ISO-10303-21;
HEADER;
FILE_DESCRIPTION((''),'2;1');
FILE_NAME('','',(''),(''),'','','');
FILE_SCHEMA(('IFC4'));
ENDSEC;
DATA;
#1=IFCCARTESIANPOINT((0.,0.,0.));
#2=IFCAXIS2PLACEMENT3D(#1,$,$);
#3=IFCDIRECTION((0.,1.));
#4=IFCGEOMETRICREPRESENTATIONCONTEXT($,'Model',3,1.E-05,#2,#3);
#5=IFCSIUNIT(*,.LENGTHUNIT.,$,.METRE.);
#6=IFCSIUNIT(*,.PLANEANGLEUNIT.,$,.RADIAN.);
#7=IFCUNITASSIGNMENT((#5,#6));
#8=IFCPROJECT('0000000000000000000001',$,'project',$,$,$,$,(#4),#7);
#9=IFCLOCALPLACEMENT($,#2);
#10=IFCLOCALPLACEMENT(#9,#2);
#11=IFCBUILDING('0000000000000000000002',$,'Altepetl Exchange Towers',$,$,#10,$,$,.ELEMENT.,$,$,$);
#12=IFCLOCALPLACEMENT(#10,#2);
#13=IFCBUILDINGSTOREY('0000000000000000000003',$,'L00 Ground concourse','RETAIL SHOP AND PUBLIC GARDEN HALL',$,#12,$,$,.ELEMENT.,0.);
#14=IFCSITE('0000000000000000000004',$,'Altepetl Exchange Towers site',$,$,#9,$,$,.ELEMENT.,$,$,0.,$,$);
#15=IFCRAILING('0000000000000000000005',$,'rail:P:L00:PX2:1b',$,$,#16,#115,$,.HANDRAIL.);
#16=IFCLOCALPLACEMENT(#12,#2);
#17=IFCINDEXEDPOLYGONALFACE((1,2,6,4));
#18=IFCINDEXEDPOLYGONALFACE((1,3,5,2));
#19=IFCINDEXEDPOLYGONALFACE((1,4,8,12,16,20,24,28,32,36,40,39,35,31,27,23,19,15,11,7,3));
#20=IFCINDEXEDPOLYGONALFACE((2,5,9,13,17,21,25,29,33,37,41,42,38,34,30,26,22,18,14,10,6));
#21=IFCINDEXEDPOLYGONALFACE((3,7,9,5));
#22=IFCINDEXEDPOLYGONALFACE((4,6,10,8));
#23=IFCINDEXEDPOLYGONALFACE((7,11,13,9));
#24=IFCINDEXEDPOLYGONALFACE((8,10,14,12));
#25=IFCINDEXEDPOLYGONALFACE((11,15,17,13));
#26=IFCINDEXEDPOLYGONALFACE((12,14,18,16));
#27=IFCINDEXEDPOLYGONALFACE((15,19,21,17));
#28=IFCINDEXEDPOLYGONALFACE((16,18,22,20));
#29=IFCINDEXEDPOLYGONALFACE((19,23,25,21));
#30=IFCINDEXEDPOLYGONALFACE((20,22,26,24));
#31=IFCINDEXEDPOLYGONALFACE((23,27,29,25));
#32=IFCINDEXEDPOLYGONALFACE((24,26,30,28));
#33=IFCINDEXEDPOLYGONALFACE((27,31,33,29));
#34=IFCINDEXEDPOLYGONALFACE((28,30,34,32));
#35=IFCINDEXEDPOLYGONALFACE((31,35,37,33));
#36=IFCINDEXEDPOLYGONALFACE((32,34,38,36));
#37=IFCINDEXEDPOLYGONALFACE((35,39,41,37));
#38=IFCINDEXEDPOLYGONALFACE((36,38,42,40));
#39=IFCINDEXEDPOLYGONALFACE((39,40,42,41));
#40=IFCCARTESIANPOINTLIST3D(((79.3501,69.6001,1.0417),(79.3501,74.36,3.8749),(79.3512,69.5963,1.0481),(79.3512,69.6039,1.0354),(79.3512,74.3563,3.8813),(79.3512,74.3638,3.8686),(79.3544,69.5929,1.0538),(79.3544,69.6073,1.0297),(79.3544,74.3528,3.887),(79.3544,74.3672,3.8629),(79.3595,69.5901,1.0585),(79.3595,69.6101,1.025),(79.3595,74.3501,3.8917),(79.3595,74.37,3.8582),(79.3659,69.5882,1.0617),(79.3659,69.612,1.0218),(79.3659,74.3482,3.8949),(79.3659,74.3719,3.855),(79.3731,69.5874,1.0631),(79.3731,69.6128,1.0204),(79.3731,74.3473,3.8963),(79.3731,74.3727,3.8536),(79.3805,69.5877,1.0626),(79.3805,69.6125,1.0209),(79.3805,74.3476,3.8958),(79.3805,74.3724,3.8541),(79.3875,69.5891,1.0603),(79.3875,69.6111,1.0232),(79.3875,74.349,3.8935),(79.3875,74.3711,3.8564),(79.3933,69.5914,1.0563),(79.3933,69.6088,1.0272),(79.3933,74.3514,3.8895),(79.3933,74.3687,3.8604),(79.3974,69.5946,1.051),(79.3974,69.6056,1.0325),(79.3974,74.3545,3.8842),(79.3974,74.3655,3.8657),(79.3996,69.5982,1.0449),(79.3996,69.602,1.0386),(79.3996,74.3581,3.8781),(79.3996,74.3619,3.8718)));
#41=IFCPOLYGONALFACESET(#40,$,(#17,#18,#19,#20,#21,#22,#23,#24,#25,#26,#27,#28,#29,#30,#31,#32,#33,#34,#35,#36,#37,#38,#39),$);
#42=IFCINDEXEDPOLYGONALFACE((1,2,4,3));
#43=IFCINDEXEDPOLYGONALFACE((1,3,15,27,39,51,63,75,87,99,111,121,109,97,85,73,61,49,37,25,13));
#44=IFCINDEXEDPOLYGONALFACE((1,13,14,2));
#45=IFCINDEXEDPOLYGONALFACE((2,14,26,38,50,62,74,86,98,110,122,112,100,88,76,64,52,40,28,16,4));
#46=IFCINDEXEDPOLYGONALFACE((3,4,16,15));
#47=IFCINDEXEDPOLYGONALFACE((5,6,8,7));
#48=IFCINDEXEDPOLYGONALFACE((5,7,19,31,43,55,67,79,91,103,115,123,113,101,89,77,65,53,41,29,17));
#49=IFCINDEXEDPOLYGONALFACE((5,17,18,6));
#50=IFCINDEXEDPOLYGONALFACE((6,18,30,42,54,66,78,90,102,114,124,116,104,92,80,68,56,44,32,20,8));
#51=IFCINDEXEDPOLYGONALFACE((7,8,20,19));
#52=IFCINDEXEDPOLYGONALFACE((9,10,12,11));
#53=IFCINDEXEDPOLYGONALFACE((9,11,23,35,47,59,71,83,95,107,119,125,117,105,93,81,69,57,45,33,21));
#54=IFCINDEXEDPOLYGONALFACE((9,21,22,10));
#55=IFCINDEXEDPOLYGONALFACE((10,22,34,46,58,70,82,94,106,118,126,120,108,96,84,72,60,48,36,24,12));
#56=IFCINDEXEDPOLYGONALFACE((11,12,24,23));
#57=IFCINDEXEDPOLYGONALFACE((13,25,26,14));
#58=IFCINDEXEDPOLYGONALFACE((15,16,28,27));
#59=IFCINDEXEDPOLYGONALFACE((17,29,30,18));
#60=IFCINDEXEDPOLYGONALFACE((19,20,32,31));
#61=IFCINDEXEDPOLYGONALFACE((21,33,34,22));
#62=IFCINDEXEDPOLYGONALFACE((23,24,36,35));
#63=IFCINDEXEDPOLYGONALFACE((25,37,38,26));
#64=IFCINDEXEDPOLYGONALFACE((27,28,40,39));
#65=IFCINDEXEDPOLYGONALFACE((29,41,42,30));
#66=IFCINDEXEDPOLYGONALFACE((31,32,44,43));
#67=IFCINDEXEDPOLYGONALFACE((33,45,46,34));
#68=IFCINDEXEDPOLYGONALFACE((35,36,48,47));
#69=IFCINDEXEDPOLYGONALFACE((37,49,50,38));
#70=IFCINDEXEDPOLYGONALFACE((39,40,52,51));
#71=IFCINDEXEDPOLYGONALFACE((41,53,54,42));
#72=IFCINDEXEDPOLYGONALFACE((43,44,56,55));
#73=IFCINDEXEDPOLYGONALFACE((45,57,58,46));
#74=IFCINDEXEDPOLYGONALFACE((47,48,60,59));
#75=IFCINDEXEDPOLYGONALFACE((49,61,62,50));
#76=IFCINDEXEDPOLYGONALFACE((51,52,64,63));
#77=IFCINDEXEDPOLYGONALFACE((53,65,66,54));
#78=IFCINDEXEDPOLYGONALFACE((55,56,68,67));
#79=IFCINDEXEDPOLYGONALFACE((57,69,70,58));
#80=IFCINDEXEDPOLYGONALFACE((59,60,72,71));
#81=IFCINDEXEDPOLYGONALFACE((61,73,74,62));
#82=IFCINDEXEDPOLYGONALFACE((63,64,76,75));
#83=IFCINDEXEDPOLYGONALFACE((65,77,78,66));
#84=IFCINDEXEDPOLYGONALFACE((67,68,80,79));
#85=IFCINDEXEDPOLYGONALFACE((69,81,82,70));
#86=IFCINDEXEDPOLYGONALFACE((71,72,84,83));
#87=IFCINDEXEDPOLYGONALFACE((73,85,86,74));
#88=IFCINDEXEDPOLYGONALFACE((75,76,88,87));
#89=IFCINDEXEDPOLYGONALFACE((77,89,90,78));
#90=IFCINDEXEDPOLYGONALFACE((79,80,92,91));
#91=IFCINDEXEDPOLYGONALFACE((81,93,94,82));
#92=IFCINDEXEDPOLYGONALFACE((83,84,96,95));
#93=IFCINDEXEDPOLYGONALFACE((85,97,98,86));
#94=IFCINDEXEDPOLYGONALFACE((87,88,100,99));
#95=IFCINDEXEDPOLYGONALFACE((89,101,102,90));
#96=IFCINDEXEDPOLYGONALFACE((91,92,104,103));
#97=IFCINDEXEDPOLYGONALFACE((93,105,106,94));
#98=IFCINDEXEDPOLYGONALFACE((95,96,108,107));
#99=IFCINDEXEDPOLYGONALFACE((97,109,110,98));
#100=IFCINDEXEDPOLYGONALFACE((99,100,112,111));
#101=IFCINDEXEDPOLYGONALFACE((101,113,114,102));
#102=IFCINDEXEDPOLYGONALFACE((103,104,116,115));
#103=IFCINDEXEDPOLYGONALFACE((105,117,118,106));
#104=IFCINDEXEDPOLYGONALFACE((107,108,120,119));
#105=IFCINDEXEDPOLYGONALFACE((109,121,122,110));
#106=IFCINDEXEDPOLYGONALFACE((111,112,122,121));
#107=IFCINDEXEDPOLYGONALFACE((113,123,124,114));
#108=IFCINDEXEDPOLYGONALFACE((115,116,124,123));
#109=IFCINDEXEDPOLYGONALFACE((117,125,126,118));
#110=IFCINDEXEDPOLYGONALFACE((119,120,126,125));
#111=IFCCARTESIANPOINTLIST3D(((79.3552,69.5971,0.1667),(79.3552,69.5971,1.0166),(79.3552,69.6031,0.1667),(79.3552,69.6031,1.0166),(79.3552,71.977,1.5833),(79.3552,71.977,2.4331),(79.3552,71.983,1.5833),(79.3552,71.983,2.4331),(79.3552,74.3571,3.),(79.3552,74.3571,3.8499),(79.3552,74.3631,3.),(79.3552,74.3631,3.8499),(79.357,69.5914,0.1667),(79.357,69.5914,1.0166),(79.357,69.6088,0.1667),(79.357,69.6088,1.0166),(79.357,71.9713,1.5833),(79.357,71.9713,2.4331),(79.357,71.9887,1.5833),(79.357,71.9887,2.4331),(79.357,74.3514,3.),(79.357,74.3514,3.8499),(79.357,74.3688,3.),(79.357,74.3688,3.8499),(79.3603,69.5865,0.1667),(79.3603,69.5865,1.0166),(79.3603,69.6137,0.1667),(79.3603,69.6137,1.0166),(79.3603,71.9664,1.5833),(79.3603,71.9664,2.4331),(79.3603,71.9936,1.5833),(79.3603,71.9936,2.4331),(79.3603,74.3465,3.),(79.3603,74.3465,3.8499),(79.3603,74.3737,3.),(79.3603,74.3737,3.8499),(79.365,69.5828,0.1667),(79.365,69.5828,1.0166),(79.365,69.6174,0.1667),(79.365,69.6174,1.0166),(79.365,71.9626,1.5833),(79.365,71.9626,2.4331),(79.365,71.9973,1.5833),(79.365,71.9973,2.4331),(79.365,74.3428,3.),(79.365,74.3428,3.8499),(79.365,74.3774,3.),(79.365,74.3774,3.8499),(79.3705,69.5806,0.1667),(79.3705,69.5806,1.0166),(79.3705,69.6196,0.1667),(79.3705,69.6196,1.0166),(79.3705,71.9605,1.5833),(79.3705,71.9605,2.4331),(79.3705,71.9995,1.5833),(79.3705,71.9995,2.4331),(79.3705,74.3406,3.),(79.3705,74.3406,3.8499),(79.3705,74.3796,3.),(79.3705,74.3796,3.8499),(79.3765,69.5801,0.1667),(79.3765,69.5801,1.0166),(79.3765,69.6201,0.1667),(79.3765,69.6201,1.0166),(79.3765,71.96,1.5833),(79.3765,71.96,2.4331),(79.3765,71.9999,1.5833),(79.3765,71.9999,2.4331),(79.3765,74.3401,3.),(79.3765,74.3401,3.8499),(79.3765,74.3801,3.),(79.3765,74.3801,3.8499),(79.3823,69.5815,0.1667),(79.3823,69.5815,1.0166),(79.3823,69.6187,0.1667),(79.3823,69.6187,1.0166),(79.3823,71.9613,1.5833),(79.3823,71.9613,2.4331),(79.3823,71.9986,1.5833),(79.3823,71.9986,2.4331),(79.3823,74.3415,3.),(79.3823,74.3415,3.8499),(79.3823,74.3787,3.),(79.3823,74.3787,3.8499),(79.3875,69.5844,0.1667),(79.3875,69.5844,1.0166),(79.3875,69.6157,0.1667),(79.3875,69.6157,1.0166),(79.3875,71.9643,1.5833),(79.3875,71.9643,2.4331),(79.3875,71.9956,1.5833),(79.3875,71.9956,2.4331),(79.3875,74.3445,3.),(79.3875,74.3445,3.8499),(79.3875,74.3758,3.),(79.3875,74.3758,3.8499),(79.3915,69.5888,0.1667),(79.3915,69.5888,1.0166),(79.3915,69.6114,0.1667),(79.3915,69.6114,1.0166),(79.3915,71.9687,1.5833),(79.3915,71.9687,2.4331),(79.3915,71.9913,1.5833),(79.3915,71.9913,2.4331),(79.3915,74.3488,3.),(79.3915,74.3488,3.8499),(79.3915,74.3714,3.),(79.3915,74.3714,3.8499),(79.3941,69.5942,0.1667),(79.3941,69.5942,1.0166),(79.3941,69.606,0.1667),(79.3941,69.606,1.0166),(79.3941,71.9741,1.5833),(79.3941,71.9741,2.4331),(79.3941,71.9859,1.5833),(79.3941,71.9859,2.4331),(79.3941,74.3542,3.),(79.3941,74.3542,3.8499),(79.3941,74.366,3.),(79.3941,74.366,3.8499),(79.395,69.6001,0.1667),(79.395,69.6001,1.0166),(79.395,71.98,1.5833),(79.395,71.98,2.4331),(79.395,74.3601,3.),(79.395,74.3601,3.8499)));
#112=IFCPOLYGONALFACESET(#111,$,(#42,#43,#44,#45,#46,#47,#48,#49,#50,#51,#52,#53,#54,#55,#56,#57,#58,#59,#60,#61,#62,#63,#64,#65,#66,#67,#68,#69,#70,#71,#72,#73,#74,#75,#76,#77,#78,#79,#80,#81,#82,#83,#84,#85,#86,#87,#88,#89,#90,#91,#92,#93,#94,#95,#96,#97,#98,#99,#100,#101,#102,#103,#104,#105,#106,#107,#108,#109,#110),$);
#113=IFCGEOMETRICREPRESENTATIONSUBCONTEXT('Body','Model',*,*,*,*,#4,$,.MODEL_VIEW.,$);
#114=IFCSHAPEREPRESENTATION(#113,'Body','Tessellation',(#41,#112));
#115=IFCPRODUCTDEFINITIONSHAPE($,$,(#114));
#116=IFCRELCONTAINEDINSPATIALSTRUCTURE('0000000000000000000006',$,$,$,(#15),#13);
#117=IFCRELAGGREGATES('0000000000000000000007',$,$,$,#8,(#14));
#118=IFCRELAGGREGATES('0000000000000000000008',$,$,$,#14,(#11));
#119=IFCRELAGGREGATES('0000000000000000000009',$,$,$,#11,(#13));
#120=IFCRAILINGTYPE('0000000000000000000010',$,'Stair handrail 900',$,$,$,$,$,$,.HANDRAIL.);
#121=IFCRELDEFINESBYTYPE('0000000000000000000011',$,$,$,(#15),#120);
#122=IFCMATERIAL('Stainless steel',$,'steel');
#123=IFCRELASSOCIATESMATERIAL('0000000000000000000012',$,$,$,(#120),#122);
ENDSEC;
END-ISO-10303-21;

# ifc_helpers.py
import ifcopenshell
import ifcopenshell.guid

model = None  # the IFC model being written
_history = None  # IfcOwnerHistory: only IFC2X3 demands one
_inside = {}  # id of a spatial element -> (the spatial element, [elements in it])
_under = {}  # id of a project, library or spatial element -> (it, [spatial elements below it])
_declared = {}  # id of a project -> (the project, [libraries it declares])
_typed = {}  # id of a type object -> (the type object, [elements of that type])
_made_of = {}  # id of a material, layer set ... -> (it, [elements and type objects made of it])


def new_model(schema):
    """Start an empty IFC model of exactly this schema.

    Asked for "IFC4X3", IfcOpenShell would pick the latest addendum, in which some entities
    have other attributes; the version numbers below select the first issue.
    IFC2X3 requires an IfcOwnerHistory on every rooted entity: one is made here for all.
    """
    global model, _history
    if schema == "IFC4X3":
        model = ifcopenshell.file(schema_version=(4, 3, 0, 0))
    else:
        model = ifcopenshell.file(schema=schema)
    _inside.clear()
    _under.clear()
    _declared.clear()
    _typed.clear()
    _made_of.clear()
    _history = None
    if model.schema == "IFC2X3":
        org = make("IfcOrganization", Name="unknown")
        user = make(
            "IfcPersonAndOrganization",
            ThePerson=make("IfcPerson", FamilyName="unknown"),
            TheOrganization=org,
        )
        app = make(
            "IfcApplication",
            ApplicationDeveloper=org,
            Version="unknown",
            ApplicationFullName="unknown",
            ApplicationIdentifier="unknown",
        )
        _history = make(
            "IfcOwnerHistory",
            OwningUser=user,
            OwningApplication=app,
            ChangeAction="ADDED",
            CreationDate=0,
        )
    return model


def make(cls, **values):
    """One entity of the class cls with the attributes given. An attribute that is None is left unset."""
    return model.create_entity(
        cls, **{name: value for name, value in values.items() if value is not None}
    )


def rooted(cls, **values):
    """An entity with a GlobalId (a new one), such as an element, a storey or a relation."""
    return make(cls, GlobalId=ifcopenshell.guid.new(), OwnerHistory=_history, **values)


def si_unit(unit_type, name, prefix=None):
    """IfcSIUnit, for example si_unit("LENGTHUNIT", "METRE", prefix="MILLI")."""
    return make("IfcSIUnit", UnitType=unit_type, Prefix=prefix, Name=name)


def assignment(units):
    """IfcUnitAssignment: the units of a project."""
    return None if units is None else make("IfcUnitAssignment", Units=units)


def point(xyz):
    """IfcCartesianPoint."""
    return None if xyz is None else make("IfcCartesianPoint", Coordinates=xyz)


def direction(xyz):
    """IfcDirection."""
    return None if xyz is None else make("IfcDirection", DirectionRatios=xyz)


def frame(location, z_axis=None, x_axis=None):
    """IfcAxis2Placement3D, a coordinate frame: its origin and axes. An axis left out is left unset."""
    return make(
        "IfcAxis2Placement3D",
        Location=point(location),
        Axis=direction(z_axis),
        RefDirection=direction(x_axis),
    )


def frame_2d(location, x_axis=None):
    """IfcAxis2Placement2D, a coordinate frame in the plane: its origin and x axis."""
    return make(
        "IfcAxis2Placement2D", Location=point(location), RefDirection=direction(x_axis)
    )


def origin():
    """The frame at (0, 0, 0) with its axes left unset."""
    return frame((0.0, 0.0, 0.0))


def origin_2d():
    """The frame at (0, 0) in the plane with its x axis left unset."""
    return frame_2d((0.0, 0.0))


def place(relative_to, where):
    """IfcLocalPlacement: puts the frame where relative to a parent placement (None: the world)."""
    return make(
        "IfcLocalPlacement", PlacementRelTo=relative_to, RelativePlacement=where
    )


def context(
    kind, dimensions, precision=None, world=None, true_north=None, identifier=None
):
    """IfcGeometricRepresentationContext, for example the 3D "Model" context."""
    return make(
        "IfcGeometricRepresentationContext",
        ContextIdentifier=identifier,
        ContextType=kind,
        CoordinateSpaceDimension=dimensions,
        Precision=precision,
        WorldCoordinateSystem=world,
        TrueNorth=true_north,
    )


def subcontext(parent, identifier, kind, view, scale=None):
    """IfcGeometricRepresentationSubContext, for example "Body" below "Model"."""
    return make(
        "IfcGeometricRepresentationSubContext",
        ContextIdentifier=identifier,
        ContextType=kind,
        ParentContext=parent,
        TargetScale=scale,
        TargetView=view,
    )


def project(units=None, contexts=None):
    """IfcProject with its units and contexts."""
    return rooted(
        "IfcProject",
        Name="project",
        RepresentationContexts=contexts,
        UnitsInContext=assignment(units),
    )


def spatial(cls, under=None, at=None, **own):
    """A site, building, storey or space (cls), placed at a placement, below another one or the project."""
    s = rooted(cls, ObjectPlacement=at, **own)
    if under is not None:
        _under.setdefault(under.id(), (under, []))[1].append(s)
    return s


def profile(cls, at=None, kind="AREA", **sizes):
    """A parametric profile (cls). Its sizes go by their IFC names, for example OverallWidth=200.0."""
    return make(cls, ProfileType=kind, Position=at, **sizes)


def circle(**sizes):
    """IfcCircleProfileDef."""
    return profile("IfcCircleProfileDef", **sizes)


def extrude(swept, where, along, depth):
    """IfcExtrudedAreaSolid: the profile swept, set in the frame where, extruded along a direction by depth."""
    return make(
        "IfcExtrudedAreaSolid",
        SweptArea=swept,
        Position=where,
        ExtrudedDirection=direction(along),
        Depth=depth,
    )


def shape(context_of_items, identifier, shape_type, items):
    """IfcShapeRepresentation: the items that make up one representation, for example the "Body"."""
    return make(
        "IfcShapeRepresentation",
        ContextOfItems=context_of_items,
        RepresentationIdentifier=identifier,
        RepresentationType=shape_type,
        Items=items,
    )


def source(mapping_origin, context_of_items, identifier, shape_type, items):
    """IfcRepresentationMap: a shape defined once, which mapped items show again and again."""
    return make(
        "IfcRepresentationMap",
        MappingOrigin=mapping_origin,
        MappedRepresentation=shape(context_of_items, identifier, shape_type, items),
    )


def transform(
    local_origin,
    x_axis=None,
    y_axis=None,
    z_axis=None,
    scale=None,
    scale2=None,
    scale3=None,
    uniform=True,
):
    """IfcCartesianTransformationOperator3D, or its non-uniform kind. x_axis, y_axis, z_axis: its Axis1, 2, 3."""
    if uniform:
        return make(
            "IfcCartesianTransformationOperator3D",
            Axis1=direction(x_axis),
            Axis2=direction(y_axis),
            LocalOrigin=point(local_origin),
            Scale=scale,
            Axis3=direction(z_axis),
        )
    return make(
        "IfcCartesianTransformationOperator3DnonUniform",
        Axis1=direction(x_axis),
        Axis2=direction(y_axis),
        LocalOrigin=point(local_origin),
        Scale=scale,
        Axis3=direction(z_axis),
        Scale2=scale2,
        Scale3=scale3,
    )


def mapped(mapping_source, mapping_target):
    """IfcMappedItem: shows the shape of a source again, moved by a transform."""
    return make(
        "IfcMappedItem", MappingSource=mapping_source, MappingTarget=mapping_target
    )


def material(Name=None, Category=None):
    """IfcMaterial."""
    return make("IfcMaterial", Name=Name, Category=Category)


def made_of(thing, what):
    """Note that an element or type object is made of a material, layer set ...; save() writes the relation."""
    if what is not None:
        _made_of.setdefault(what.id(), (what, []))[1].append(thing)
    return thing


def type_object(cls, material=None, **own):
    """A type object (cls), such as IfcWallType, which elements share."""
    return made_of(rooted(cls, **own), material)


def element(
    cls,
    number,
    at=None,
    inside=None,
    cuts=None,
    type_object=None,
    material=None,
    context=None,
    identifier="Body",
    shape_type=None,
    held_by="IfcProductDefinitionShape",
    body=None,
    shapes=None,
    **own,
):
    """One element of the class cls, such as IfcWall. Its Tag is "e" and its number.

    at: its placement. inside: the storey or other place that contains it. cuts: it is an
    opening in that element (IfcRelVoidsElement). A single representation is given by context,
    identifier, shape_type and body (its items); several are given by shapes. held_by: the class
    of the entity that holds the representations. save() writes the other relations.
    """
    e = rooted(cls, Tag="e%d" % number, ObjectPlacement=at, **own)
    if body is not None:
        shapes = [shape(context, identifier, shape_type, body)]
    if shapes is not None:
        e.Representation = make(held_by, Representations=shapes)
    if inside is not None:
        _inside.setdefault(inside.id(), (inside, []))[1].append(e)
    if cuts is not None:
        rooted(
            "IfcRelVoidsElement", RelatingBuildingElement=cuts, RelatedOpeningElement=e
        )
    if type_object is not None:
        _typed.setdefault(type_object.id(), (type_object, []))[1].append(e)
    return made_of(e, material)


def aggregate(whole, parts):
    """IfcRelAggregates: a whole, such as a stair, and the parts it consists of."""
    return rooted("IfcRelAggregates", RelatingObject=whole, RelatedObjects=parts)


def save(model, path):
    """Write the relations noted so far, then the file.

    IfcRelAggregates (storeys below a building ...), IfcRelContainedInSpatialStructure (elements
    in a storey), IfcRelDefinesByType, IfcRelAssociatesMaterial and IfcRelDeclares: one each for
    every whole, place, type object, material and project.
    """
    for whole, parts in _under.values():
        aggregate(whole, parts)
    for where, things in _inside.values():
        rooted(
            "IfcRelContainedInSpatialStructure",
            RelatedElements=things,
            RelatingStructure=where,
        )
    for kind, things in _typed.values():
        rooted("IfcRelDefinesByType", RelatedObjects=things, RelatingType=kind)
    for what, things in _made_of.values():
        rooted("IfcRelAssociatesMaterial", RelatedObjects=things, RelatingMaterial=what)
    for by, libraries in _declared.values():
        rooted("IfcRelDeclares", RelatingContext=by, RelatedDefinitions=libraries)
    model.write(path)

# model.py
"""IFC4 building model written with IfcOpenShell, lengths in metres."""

from ifc_helpers import new_model, si_unit, direction, frame, origin, origin_2d, place, context, subcontext, project, spatial, circle, extrude, source, transform, mapped, material, type_object, element, save


model = new_model("IFC4")

# Units and contexts
model_context = context("Model", 3, precision=1e-05, world=origin(), true_north=direction((0.0, 1.0)))
body_context = subcontext(model_context, "Body", "Model", "MODEL_VIEW")
ifc_project = project(units=[si_unit("LENGTHUNIT", "METRE"), si_unit("PLANEANGLEUNIT", "RADIAN")], contexts=[model_context])

# Site, building, storey
site_placement = place(None, origin())
site = spatial("IfcSite", under=ifc_project, at=site_placement, Name="Altepetl Exchange Towers site", CompositionType="ELEMENT", RefElevation=0.0)
building_placement = place(site_placement, origin())
building = spatial("IfcBuilding", under=site, at=building_placement, Name="Altepetl Exchange Towers", CompositionType="ELEMENT")
storey_placement = place(building_placement, origin())
storey = spatial("IfcBuildingStorey", under=building, at=storey_placement, Name="L00 Ground concourse", Description="RETAIL SHOP AND PUBLIC GARDEN HALL", CompositionType="ELEMENT", Elevation=0.0)

# Railing
ifc_material_1 = material(Name="Stainless steel", Category="steel")
railing_type_1 = type_object("IfcRailingType", Name="Stair handrail 900", PredefinedType="HANDRAIL", material=ifc_material_1)
shared_shape_1 = source(origin(), body_context, "Body", "SweptSolid", [
    extrude(circle(Radius=0.02, at=origin_2d()), origin(), (0.0, 0.0, 1.0), 0.8499),
])
for number, where, name in (
    (1, (79.375, 69.6001, 0.1667), "rail:P:L00:PX2:1b"),
):
    element("IfcRailing", number, at=place(storey_placement, frame(where)), inside=storey, type_object=railing_type_1, Name=name, PredefinedType="HANDRAIL", context=body_context, shape_type="SweptSolid", body=[
        extrude(circle(Radius=0.0249, at=origin_2d()), frame((0.0, 0.0, 0.875), z_axis=(0.0, 0.8593, 0.511472), x_axis=(-1.0, 0.0, 0.0)), (0.0, 0.0, 1.0), 5.5393),
        mapped(shared_shape_1, transform((0.0, 0.0, 0.0))),
        mapped(shared_shape_1, transform((0.0, 2.3799, 1.4165))),
        mapped(shared_shape_1, transform((0.0, 4.76, 2.8333))),
    ])

save(model, "model.ifc")
